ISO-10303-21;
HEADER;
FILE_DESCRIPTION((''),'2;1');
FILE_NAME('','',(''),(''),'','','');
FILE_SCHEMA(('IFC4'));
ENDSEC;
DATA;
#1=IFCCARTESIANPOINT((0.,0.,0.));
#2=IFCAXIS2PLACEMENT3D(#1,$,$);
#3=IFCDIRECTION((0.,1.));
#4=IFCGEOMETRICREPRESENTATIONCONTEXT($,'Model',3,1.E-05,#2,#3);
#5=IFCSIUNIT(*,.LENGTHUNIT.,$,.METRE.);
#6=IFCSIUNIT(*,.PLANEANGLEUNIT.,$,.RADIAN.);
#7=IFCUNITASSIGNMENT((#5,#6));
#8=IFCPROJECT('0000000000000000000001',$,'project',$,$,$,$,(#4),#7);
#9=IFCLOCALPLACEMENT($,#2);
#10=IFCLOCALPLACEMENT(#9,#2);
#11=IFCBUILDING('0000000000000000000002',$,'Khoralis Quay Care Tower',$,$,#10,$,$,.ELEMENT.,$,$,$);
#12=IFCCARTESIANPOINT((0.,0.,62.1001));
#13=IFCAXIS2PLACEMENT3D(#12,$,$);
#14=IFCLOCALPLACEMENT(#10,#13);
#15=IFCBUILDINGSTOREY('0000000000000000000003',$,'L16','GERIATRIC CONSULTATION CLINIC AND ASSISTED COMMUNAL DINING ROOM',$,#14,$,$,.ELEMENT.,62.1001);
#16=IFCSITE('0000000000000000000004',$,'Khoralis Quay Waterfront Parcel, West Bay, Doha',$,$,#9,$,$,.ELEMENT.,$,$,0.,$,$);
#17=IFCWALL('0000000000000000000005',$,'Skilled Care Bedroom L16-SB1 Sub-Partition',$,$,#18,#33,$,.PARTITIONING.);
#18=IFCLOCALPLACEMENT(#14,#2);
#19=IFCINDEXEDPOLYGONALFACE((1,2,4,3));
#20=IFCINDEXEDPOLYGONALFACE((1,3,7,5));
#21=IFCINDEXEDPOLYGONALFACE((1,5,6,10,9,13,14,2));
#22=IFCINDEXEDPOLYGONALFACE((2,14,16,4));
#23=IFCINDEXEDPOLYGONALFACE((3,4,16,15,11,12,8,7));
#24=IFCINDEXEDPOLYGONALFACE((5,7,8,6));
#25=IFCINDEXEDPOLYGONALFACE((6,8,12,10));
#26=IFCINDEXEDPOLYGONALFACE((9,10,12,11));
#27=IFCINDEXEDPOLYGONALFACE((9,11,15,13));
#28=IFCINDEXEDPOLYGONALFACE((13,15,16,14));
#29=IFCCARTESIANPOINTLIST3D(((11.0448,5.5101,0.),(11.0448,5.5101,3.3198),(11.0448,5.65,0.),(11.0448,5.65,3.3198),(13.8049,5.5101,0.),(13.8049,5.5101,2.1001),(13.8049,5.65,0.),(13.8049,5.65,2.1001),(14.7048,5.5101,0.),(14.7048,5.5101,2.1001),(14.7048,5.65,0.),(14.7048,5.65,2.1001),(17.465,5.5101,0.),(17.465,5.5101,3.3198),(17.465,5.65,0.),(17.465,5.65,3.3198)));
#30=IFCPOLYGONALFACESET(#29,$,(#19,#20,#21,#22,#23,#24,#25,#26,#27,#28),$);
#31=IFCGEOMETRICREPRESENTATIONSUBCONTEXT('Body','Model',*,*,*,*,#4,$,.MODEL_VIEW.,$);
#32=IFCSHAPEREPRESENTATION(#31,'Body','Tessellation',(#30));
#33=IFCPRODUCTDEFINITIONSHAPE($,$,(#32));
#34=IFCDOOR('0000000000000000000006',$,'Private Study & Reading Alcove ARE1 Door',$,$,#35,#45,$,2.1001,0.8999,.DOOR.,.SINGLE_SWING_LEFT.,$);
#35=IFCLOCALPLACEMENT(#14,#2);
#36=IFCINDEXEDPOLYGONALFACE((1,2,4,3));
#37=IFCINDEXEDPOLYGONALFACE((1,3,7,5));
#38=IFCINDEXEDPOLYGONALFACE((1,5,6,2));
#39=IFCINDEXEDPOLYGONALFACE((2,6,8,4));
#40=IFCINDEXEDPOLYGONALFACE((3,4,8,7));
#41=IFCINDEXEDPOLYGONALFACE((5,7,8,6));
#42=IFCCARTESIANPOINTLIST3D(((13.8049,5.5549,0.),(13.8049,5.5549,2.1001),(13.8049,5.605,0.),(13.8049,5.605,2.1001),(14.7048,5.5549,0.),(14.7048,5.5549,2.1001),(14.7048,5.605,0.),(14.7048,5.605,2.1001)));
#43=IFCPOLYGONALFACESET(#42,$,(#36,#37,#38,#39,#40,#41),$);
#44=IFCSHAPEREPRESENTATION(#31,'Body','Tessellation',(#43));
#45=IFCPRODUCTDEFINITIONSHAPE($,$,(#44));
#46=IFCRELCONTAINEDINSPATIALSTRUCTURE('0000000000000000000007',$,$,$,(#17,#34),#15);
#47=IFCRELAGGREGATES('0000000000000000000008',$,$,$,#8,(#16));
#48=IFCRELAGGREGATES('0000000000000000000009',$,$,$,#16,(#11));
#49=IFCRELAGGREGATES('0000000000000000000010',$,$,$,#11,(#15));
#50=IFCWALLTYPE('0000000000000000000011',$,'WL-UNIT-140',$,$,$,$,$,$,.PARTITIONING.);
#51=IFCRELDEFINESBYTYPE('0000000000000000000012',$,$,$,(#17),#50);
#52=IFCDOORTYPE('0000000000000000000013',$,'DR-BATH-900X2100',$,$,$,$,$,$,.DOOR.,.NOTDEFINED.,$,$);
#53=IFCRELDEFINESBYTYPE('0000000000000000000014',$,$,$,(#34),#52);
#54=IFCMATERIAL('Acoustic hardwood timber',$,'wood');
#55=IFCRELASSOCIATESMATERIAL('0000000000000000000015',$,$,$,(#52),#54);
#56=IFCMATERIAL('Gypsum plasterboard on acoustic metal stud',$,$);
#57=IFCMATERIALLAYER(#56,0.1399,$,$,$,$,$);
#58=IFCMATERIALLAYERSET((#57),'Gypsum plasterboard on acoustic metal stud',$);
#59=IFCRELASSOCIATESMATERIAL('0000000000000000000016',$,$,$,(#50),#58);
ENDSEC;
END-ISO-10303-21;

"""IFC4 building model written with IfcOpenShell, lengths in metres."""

from ifc_helpers import new_model, si_unit, direction, frame, frame_2d, origin, place, context, subcontext, project, spatial, rectangle, extrude, source, transform, mapped, material, layer, layer_set, type_object, element, fill, save


model = new_model("IFC4")

# Units and contexts
model_context = context("Model", 3, precision=1e-05, world=origin(), true_north=direction((0.0, 1.0)))
body_context = subcontext(model_context, "Body", "Model", "MODEL_VIEW")
ifc_project = project(units=[si_unit("LENGTHUNIT", "METRE"), si_unit("PLANEANGLEUNIT", "RADIAN")], contexts=[model_context])

# Site, building, storey
site_placement = place(None, origin())
site = spatial("IfcSite", under=ifc_project, at=site_placement, Name="Khoralis Quay Waterfront Parcel, West Bay, Doha", CompositionType="ELEMENT", RefElevation=0.0)
building_placement = place(site_placement, origin())
building = spatial("IfcBuilding", under=site, at=building_placement, Name="Khoralis Quay Care Tower", CompositionType="ELEMENT")
storey_placement = place(building_placement, frame((0.0, 0.0, 62.1001)))
storey = spatial("IfcBuildingStorey", under=building, at=storey_placement, Name="L16", Description="GERIATRIC CONSULTATION CLINIC AND ASSISTED COMMUNAL DINING ROOM", CompositionType="ELEMENT", Elevation=62.1001)

# Shared definitions
ifc_material_1 = material(Name="Acoustic hardwood timber", Category="wood")
door_type = type_object("IfcDoorType", Name="DR-BATH-900X2100", OperationType="NOTDEFINED", PredefinedType="DOOR", material=ifc_material_1)
shared_shape_1 = source(origin(), body_context, "Body", "SweptSolid", [
    extrude(rectangle(XDim=0.8999, YDim=2.1001, at=frame_2d((0.45, 1.05))), frame((0.0, 0.0249, 0.0), z_axis=(0.0, -1.0, 0.0), x_axis=(1.0, 0.0, 0.0)), (0.0, 0.0, 1.0), 0.05),
])

# Shared definitions
ifc_material_2 = material(Name="Gypsum plasterboard on acoustic metal stud")
ifc_layer_1 = layer(ifc_material_2, 0.1399)
ifc_layer_set_1 = layer_set([ifc_layer_1], Name="Gypsum plasterboard on acoustic metal stud")
wall_type_1 = type_object("IfcWallType", Name="WL-UNIT-140", PredefinedType="PARTITIONING", material=ifc_layer_set_1)

# Wall, opening, door
wall_1_placement = place(storey_placement, frame((11.0449, 5.5801, 0.0), z_axis=(0.0, 0.0, 1.0), x_axis=(1.0, 0.0, 0.0)))
wall_1 = element("IfcWall", 1, at=wall_1_placement, inside=storey, type_object=wall_type_1, Name="Skilled Care Bedroom L16-SB1 Sub-Partition", PredefinedType="PARTITIONING", context=body_context, shape_type="SweptSolid", body=[
    extrude(rectangle(XDim=6.4202, YDim=0.1399, at=frame_2d((3.21, 0.0))), origin(), (0.0, 0.0, 1.0), 3.3198),
])
opening_1_placement = place(wall_1_placement, frame((2.76, 0.0, 0.0)))
opening_1 = element("IfcOpeningElement", 2, at=opening_1_placement, cuts=wall_1, PredefinedType="OPENING", context=body_context, shape_type="SweptSolid", body=[
    extrude(rectangle(XDim=0.8999, YDim=2.1001, at=frame_2d((0.45, 1.05))), frame((0.0, 0.0801, 0.0), z_axis=(0.0, -1.0, 0.0), x_axis=(1.0, 0.0, 0.0)), (0.0, 0.0, 1.0), 0.1599),
])
door_1_placement = place(opening_1_placement, origin())
door_1 = element("IfcDoor", 3, at=door_1_placement, inside=storey, type_object=door_type, Name="Private Study & Reading Alcove ARE1 Door", OperationType="SINGLE_SWING_LEFT", OverallHeight=2.1001, OverallWidth=0.8999, PredefinedType="DOOR", context=body_context, shape_type="MappedRepresentation", body=[
    mapped(shared_shape_1, transform((0.0, 0.0, 0.0), scale=1.0)),
])
fill(opening_1, door_1)

save(model, "model.ifc")
